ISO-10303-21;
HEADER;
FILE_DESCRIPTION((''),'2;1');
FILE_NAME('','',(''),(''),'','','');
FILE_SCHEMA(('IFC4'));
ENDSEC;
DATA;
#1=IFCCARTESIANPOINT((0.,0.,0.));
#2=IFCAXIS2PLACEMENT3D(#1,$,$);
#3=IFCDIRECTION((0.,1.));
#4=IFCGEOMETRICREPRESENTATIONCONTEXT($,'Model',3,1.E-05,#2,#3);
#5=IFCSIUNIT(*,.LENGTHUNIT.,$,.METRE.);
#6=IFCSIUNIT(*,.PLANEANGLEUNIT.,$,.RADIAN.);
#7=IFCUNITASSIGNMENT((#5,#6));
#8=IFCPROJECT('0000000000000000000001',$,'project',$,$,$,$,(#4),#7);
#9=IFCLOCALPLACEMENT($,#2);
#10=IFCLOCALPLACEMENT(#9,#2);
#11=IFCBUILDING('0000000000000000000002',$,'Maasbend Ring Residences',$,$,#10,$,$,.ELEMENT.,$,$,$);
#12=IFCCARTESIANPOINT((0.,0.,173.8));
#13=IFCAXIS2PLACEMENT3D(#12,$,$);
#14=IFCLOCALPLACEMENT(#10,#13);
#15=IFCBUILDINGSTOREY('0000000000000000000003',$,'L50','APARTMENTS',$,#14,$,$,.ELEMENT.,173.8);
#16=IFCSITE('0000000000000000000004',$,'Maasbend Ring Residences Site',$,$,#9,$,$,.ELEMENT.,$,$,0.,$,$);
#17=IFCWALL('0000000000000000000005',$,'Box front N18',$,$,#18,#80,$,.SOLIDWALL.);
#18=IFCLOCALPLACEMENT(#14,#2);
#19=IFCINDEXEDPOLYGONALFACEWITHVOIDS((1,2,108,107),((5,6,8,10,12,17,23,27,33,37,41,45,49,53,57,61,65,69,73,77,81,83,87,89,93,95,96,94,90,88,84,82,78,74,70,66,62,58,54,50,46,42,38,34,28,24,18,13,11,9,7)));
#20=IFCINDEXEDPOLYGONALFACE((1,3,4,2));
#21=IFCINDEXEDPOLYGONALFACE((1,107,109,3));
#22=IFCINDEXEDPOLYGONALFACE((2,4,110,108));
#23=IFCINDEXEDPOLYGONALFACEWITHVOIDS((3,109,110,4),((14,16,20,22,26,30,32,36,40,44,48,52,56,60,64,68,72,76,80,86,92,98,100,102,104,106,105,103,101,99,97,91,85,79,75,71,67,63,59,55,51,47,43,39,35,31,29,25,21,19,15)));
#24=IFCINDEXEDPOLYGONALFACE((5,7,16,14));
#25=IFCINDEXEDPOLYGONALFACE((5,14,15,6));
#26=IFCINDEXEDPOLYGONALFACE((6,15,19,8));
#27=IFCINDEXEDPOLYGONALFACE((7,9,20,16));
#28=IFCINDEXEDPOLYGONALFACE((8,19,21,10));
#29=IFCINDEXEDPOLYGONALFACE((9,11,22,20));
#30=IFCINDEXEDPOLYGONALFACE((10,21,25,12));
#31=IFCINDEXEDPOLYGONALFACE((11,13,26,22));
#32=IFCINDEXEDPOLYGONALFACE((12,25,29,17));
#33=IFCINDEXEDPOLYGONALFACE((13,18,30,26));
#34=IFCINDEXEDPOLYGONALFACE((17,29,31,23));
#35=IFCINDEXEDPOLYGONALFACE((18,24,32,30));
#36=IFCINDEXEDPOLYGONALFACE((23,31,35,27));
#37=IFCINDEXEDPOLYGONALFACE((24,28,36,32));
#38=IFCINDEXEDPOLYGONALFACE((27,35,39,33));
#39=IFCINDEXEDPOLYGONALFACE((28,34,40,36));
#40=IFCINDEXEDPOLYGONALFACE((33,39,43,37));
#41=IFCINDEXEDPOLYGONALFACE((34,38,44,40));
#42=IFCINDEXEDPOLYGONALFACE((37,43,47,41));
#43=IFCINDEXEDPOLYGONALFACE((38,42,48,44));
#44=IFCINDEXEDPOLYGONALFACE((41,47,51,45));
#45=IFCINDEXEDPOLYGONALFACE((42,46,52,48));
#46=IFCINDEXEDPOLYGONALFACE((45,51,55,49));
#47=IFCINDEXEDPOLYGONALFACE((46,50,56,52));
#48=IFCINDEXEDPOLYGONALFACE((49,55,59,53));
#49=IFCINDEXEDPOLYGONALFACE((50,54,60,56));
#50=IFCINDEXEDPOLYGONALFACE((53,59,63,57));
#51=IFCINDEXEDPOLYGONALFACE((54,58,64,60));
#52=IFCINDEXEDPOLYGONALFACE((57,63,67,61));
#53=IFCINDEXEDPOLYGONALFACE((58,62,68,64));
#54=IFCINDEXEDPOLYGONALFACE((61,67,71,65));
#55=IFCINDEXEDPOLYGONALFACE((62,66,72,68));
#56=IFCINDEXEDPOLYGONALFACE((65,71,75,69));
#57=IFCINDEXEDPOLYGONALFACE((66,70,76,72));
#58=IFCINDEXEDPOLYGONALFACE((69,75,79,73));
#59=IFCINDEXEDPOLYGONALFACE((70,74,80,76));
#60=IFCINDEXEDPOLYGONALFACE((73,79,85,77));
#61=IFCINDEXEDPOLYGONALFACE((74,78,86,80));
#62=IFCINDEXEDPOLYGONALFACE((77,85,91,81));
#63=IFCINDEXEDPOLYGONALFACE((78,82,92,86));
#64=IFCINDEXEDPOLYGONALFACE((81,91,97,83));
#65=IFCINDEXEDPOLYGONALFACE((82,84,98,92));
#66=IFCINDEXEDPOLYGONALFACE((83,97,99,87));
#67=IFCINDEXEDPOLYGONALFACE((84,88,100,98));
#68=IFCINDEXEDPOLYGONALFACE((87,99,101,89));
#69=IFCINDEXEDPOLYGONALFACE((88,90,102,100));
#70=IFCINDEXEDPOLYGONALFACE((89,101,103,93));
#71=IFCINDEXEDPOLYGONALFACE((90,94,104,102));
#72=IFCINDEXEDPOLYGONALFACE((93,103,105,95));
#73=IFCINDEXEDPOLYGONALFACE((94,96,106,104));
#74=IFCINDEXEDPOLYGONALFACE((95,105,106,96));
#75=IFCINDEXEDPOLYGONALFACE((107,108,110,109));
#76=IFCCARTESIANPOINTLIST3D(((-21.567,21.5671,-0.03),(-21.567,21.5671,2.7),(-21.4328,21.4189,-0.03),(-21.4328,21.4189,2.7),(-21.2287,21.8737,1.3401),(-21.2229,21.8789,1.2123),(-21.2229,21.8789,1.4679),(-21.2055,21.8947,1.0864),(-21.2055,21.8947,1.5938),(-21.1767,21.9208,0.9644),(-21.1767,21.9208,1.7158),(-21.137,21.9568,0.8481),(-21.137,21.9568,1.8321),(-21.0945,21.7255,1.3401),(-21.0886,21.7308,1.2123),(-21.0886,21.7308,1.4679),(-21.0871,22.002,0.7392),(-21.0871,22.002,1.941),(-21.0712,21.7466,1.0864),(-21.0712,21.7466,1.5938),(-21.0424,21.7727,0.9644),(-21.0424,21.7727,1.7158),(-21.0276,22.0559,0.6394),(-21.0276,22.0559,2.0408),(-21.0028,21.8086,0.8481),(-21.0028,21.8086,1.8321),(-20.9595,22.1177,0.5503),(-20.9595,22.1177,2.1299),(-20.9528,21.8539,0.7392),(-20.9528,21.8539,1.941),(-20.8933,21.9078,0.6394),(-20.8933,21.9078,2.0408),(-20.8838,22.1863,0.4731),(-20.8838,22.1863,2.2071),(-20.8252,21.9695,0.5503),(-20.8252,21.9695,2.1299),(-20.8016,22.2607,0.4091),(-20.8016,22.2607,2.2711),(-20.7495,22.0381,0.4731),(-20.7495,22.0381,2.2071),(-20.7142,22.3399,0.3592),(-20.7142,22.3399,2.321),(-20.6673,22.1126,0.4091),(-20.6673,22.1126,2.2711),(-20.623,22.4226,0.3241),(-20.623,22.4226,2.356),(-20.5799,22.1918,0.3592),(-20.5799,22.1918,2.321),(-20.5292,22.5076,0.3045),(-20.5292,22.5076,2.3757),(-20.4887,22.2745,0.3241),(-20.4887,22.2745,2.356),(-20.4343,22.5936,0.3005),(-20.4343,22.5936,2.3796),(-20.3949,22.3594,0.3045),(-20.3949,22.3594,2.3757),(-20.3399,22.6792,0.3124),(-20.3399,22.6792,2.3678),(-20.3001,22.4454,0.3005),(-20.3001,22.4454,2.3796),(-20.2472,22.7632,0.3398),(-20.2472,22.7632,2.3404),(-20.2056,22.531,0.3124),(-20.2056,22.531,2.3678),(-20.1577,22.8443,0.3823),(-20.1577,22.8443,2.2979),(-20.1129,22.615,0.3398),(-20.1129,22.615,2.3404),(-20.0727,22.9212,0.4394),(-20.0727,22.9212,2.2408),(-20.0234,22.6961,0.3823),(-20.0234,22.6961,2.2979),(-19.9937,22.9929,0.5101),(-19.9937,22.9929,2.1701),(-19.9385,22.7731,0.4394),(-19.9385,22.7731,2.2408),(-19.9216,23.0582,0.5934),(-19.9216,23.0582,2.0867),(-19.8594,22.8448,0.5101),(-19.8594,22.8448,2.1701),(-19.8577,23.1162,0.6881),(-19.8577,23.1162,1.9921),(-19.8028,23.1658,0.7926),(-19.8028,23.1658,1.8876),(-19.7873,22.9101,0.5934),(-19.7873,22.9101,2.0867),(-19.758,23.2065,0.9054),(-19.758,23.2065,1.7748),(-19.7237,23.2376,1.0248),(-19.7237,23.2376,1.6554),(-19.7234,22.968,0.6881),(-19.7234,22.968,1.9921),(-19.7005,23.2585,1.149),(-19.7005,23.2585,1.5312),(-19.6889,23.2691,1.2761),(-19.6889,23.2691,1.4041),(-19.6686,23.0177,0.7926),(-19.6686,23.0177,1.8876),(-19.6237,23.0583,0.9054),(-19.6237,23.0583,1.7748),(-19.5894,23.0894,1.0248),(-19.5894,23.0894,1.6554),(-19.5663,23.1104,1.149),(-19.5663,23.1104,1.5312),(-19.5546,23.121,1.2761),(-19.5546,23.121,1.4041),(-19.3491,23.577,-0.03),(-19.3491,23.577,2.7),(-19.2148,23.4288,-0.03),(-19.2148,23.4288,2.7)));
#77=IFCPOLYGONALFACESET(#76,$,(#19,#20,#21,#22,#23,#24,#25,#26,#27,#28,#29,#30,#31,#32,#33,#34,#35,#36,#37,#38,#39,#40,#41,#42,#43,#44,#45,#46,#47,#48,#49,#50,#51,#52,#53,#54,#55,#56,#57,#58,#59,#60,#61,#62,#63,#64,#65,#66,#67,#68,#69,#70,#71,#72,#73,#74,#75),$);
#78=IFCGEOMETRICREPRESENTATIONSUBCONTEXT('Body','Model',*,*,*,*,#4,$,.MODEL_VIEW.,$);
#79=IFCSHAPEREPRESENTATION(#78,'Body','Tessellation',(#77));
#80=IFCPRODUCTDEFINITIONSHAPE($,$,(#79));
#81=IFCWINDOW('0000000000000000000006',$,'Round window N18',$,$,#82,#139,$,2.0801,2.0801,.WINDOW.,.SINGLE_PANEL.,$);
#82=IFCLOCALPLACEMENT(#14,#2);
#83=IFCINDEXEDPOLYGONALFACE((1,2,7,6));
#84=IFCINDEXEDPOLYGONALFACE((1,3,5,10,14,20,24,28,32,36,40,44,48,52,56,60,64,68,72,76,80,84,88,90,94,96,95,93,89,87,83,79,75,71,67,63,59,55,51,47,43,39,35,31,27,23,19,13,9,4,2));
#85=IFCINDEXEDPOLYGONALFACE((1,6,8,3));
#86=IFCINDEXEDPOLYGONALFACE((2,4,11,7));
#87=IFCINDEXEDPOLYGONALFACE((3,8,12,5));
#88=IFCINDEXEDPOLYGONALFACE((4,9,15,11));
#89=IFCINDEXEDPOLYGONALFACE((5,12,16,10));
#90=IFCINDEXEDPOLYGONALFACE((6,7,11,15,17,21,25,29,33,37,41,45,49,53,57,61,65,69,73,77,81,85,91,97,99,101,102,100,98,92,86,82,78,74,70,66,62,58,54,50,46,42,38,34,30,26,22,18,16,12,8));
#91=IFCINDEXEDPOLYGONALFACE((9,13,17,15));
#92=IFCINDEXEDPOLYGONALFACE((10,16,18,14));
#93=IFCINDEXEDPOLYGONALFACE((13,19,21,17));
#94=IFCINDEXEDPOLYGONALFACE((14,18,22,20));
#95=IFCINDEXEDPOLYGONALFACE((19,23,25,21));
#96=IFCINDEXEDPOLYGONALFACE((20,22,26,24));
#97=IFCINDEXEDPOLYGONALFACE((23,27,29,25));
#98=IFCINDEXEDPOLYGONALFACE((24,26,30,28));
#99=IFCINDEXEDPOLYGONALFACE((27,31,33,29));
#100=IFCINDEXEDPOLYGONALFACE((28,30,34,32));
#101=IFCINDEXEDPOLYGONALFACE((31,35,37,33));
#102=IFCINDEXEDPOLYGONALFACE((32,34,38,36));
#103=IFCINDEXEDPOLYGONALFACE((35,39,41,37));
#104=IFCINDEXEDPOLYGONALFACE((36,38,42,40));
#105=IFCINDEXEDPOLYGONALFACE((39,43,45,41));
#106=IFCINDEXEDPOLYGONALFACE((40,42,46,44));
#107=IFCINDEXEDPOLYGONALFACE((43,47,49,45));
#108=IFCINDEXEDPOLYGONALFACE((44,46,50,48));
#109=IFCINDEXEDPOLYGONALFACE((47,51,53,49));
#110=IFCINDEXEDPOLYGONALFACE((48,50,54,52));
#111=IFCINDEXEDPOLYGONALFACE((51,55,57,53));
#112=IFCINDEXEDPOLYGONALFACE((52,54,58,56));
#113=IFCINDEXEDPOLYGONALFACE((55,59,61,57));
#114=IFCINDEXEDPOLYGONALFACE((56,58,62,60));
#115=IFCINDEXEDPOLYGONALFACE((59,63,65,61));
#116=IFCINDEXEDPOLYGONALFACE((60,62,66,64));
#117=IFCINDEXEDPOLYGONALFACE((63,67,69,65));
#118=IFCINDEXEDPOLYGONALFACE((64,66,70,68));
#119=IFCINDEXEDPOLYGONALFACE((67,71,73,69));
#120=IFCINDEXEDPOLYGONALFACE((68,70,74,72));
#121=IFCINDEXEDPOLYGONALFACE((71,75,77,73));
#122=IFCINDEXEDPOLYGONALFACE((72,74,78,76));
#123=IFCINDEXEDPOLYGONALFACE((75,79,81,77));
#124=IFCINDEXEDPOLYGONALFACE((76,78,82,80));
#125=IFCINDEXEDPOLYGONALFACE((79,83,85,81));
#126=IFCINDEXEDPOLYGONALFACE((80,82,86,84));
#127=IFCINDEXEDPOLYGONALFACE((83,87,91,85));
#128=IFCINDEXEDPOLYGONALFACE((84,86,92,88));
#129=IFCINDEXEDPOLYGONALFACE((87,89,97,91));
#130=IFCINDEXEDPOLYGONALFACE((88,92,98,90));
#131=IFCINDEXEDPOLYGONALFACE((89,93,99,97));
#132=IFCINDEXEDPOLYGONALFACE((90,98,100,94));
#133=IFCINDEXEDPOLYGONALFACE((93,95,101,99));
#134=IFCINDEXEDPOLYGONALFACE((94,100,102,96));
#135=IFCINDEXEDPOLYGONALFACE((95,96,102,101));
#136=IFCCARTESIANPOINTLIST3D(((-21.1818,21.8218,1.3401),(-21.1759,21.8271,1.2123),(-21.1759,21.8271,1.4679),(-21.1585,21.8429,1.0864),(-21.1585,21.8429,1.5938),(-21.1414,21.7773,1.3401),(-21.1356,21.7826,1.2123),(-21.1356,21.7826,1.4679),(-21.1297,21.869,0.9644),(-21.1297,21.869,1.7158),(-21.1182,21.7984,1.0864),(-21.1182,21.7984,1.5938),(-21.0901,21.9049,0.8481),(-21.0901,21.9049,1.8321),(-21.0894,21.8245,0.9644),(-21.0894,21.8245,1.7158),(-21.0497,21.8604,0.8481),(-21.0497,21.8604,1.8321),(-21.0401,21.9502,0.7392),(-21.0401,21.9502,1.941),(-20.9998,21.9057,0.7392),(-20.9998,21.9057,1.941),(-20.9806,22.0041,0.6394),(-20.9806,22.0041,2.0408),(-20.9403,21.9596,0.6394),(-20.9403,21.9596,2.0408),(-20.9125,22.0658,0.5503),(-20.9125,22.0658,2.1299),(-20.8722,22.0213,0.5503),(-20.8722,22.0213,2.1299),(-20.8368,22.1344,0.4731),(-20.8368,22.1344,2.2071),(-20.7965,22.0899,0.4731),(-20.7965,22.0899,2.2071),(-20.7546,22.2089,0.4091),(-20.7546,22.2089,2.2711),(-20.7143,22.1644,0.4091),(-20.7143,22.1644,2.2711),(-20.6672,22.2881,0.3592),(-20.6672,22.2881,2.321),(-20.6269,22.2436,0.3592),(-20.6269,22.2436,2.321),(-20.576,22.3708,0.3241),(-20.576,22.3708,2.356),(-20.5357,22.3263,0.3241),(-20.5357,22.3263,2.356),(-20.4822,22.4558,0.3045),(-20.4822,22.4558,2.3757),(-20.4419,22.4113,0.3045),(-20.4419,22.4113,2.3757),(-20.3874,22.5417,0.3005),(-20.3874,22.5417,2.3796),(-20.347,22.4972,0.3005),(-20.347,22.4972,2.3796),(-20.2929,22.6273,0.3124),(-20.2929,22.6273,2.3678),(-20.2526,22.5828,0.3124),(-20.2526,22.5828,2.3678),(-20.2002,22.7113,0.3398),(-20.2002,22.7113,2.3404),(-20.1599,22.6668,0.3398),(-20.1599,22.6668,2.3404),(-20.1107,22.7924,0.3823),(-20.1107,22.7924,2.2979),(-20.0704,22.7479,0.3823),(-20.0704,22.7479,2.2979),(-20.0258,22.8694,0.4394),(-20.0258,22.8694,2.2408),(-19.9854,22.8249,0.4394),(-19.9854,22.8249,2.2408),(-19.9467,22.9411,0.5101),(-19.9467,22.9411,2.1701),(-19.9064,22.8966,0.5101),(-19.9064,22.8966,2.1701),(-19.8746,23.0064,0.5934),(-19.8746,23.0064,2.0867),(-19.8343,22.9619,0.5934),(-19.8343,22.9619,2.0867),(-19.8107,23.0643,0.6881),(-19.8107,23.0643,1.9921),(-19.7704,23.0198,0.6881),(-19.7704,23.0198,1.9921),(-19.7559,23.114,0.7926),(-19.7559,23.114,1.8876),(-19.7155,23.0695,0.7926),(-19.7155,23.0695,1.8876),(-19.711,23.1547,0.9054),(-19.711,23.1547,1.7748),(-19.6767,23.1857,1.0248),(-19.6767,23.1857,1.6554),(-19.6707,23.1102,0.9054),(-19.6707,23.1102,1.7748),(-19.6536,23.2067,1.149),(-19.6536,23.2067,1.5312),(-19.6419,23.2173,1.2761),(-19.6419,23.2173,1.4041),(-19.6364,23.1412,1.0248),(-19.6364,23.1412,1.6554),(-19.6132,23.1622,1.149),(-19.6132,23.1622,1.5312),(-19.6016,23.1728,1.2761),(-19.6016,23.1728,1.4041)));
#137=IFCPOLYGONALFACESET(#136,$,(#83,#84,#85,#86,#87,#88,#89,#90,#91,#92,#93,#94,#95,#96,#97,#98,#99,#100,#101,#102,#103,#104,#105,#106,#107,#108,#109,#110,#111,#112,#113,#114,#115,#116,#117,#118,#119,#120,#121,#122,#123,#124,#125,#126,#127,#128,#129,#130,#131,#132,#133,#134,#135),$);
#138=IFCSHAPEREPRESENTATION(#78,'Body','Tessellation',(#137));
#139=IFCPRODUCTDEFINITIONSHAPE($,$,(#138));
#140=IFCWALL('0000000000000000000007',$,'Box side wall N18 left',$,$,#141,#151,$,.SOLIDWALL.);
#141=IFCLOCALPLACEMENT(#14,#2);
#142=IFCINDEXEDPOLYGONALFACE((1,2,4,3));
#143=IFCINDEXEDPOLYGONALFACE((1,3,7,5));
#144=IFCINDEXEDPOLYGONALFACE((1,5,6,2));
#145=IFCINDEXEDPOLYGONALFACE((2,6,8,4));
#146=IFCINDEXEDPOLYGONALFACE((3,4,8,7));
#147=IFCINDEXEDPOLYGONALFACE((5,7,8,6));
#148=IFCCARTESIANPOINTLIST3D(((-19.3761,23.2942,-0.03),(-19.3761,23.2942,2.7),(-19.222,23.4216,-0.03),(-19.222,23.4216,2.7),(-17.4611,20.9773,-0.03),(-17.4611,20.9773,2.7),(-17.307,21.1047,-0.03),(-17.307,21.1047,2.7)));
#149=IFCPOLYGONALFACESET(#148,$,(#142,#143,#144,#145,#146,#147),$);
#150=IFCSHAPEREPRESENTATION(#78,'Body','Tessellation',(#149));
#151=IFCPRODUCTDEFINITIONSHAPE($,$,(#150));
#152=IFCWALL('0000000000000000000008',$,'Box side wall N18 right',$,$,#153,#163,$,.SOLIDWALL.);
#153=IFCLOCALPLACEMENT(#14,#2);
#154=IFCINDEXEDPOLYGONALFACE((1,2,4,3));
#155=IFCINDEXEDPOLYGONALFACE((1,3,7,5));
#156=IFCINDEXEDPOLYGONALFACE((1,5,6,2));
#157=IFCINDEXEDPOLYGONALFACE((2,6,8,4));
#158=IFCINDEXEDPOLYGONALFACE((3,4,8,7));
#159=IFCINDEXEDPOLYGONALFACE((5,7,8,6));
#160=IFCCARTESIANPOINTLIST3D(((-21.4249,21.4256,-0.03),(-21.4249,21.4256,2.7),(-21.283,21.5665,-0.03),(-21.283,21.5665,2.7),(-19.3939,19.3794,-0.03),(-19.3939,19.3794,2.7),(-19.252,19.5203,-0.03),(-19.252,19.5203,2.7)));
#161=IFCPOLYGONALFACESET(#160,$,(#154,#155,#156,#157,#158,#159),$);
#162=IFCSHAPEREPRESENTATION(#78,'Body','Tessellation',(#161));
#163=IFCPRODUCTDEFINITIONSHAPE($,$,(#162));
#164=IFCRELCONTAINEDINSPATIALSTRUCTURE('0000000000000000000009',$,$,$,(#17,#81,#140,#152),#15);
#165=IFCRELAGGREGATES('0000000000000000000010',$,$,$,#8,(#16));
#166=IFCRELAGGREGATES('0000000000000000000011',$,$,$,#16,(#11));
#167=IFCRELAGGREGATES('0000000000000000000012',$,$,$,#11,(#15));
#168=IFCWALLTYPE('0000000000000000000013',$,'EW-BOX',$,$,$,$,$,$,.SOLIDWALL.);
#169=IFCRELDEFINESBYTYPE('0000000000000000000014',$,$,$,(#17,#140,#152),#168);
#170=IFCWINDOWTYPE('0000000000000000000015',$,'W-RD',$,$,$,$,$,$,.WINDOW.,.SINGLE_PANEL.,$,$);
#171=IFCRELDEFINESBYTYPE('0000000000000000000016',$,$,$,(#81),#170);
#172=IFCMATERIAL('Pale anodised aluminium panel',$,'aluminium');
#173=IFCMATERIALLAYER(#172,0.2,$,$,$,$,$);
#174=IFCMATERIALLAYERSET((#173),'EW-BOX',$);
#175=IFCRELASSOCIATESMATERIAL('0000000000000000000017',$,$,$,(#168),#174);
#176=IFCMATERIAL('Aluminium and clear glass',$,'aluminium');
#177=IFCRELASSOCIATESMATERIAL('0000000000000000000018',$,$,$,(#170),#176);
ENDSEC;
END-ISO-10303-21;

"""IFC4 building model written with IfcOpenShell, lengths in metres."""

from ifc_helpers import new_model, si_unit, direction, frame, frame_2d, origin, place, context, subcontext, project, spatial, rectangle, circle, extrude, material, layer, layer_set, type_object, element, fill, save


model = new_model("IFC4")

# Units and contexts
model_context = context("Model", 3, precision=1e-05, world=origin(), true_north=direction((0.0, 1.0)))
body_context = subcontext(model_context, "Body", "Model", "MODEL_VIEW")
ifc_project = project(units=[si_unit("LENGTHUNIT", "METRE"), si_unit("PLANEANGLEUNIT", "RADIAN")], contexts=[model_context])

# Site, building, storey
site_placement = place(None, origin())
site = spatial("IfcSite", under=ifc_project, at=site_placement, Name="Maasbend Ring Residences Site", CompositionType="ELEMENT", RefElevation=0.0)
building_placement = place(site_placement, origin())
building = spatial("IfcBuilding", under=site, at=building_placement, Name="Maasbend Ring Residences", CompositionType="ELEMENT")
storey_placement = place(building_placement, frame((0.0, 0.0, 173.8)))
storey = spatial("IfcBuildingStorey", under=building, at=storey_placement, Name="L50", Description="APARTMENTS", CompositionType="ELEMENT", Elevation=173.8)

# Shared definitions
ifc_material_1 = material(Name="Pale anodised aluminium panel", Category="aluminium")
ifc_layer_1 = layer(ifc_material_1, 0.2)
ifc_layer_set_1 = layer_set([ifc_layer_1], Name="EW-BOX")
wall_type_1 = type_object("IfcWallType", Name="EW-BOX", PredefinedType="SOLIDWALL", material=ifc_layer_set_1)
ifc_material_2 = material(Name="Aluminium and clear glass", Category="aluminium")
window_type_1 = type_object("IfcWindowType", Name="W-RD", PartitioningType="SINGLE_PANEL", PredefinedType="WINDOW", material=ifc_material_2)

# Wall, opening, window
wall_1_placement = place(storey_placement, frame((-19.282, 23.5029, -0.03), z_axis=(0.0, 0.0, 1.0), x_axis=(-0.740998, -0.671507, 0.0)))
wall_1 = element("IfcWall", 1, at=wall_1_placement, inside=storey, type_object=wall_type_1, Name="Box front N18", PredefinedType="SOLIDWALL", context=body_context, shape_type="SweptSolid", body=[
    extrude(rectangle(XDim=2.9932, YDim=0.2, at=frame_2d((1.4966, 0.0))), origin(), (0.0, 0.0, 1.0), 2.73),
])
opening_1_placement = place(wall_1_placement, frame((0.4565, 0.0, 0.3301)))
opening_1 = element("IfcOpeningElement", 2, at=opening_1_placement, cuts=wall_1, PredefinedType="OPENING", context=body_context, shape_type="SweptSolid", body=[
    extrude(circle(Radius=1.04, at=frame_2d((1.04, 1.04))), frame((0.0, 0.1099, 0.0), z_axis=(0.0, -1.0, 0.0), x_axis=(1.0, 0.0, 0.0)), (0.0, 0.0, 1.0), 0.22),
])
window_1_placement = place(opening_1_placement, origin())
window_1 = element("IfcWindow", 3, at=window_1_placement, inside=storey, type_object=window_type_1, Name="Round window N18", OverallHeight=2.0801, OverallWidth=2.0801, PartitioningType="SINGLE_PANEL", PredefinedType="WINDOW", context=body_context, shape_type="SweptSolid", body=[
    extrude(circle(Radius=1.04, at=frame_2d((1.04, 1.04))), frame((0.0, 0.03, 0.0), z_axis=(0.0, -1.0, 0.0), x_axis=(1.0, 0.0, 0.0)), (0.0, 0.0, 1.0), 0.0601),
])
fill(opening_1, window_1)

# Walls
wall_2_placement = place(storey_placement, frame((-17.384, 21.041, -0.03), z_axis=(0.0, 0.0, 1.0), x_axis=(-0.637096, 0.770785, 0.0)))
element("IfcWall", 4, at=wall_2_placement, inside=storey, type_object=wall_type_1, Name="Box side wall N18 left", PredefinedType="SOLIDWALL", context=body_context, shape_type="SweptSolid", body=[
    extrude(rectangle(XDim=3.0059, YDim=0.2, at=frame_2d((1.5029, 0.0))), origin(), (0.0, 0.0, 1.0), 2.73),
])
wall_3_placement = place(storey_placement, frame((-19.323, 19.45, -0.03), z_axis=(0.0, 0.0, 1.0), x_axis=(-0.704477, 0.709727, 0.0)))
element("IfcWall", 5, at=wall_3_placement, inside=storey, type_object=wall_type_1, Name="Box side wall N18 right", PredefinedType="SOLIDWALL", context=body_context, shape_type="SweptSolid", body=[
    extrude(rectangle(XDim=2.8831, YDim=0.2, at=frame_2d((1.4414, 0.0))), origin(), (0.0, 0.0, 1.0), 2.73),
])

save(model, "model.ifc")
